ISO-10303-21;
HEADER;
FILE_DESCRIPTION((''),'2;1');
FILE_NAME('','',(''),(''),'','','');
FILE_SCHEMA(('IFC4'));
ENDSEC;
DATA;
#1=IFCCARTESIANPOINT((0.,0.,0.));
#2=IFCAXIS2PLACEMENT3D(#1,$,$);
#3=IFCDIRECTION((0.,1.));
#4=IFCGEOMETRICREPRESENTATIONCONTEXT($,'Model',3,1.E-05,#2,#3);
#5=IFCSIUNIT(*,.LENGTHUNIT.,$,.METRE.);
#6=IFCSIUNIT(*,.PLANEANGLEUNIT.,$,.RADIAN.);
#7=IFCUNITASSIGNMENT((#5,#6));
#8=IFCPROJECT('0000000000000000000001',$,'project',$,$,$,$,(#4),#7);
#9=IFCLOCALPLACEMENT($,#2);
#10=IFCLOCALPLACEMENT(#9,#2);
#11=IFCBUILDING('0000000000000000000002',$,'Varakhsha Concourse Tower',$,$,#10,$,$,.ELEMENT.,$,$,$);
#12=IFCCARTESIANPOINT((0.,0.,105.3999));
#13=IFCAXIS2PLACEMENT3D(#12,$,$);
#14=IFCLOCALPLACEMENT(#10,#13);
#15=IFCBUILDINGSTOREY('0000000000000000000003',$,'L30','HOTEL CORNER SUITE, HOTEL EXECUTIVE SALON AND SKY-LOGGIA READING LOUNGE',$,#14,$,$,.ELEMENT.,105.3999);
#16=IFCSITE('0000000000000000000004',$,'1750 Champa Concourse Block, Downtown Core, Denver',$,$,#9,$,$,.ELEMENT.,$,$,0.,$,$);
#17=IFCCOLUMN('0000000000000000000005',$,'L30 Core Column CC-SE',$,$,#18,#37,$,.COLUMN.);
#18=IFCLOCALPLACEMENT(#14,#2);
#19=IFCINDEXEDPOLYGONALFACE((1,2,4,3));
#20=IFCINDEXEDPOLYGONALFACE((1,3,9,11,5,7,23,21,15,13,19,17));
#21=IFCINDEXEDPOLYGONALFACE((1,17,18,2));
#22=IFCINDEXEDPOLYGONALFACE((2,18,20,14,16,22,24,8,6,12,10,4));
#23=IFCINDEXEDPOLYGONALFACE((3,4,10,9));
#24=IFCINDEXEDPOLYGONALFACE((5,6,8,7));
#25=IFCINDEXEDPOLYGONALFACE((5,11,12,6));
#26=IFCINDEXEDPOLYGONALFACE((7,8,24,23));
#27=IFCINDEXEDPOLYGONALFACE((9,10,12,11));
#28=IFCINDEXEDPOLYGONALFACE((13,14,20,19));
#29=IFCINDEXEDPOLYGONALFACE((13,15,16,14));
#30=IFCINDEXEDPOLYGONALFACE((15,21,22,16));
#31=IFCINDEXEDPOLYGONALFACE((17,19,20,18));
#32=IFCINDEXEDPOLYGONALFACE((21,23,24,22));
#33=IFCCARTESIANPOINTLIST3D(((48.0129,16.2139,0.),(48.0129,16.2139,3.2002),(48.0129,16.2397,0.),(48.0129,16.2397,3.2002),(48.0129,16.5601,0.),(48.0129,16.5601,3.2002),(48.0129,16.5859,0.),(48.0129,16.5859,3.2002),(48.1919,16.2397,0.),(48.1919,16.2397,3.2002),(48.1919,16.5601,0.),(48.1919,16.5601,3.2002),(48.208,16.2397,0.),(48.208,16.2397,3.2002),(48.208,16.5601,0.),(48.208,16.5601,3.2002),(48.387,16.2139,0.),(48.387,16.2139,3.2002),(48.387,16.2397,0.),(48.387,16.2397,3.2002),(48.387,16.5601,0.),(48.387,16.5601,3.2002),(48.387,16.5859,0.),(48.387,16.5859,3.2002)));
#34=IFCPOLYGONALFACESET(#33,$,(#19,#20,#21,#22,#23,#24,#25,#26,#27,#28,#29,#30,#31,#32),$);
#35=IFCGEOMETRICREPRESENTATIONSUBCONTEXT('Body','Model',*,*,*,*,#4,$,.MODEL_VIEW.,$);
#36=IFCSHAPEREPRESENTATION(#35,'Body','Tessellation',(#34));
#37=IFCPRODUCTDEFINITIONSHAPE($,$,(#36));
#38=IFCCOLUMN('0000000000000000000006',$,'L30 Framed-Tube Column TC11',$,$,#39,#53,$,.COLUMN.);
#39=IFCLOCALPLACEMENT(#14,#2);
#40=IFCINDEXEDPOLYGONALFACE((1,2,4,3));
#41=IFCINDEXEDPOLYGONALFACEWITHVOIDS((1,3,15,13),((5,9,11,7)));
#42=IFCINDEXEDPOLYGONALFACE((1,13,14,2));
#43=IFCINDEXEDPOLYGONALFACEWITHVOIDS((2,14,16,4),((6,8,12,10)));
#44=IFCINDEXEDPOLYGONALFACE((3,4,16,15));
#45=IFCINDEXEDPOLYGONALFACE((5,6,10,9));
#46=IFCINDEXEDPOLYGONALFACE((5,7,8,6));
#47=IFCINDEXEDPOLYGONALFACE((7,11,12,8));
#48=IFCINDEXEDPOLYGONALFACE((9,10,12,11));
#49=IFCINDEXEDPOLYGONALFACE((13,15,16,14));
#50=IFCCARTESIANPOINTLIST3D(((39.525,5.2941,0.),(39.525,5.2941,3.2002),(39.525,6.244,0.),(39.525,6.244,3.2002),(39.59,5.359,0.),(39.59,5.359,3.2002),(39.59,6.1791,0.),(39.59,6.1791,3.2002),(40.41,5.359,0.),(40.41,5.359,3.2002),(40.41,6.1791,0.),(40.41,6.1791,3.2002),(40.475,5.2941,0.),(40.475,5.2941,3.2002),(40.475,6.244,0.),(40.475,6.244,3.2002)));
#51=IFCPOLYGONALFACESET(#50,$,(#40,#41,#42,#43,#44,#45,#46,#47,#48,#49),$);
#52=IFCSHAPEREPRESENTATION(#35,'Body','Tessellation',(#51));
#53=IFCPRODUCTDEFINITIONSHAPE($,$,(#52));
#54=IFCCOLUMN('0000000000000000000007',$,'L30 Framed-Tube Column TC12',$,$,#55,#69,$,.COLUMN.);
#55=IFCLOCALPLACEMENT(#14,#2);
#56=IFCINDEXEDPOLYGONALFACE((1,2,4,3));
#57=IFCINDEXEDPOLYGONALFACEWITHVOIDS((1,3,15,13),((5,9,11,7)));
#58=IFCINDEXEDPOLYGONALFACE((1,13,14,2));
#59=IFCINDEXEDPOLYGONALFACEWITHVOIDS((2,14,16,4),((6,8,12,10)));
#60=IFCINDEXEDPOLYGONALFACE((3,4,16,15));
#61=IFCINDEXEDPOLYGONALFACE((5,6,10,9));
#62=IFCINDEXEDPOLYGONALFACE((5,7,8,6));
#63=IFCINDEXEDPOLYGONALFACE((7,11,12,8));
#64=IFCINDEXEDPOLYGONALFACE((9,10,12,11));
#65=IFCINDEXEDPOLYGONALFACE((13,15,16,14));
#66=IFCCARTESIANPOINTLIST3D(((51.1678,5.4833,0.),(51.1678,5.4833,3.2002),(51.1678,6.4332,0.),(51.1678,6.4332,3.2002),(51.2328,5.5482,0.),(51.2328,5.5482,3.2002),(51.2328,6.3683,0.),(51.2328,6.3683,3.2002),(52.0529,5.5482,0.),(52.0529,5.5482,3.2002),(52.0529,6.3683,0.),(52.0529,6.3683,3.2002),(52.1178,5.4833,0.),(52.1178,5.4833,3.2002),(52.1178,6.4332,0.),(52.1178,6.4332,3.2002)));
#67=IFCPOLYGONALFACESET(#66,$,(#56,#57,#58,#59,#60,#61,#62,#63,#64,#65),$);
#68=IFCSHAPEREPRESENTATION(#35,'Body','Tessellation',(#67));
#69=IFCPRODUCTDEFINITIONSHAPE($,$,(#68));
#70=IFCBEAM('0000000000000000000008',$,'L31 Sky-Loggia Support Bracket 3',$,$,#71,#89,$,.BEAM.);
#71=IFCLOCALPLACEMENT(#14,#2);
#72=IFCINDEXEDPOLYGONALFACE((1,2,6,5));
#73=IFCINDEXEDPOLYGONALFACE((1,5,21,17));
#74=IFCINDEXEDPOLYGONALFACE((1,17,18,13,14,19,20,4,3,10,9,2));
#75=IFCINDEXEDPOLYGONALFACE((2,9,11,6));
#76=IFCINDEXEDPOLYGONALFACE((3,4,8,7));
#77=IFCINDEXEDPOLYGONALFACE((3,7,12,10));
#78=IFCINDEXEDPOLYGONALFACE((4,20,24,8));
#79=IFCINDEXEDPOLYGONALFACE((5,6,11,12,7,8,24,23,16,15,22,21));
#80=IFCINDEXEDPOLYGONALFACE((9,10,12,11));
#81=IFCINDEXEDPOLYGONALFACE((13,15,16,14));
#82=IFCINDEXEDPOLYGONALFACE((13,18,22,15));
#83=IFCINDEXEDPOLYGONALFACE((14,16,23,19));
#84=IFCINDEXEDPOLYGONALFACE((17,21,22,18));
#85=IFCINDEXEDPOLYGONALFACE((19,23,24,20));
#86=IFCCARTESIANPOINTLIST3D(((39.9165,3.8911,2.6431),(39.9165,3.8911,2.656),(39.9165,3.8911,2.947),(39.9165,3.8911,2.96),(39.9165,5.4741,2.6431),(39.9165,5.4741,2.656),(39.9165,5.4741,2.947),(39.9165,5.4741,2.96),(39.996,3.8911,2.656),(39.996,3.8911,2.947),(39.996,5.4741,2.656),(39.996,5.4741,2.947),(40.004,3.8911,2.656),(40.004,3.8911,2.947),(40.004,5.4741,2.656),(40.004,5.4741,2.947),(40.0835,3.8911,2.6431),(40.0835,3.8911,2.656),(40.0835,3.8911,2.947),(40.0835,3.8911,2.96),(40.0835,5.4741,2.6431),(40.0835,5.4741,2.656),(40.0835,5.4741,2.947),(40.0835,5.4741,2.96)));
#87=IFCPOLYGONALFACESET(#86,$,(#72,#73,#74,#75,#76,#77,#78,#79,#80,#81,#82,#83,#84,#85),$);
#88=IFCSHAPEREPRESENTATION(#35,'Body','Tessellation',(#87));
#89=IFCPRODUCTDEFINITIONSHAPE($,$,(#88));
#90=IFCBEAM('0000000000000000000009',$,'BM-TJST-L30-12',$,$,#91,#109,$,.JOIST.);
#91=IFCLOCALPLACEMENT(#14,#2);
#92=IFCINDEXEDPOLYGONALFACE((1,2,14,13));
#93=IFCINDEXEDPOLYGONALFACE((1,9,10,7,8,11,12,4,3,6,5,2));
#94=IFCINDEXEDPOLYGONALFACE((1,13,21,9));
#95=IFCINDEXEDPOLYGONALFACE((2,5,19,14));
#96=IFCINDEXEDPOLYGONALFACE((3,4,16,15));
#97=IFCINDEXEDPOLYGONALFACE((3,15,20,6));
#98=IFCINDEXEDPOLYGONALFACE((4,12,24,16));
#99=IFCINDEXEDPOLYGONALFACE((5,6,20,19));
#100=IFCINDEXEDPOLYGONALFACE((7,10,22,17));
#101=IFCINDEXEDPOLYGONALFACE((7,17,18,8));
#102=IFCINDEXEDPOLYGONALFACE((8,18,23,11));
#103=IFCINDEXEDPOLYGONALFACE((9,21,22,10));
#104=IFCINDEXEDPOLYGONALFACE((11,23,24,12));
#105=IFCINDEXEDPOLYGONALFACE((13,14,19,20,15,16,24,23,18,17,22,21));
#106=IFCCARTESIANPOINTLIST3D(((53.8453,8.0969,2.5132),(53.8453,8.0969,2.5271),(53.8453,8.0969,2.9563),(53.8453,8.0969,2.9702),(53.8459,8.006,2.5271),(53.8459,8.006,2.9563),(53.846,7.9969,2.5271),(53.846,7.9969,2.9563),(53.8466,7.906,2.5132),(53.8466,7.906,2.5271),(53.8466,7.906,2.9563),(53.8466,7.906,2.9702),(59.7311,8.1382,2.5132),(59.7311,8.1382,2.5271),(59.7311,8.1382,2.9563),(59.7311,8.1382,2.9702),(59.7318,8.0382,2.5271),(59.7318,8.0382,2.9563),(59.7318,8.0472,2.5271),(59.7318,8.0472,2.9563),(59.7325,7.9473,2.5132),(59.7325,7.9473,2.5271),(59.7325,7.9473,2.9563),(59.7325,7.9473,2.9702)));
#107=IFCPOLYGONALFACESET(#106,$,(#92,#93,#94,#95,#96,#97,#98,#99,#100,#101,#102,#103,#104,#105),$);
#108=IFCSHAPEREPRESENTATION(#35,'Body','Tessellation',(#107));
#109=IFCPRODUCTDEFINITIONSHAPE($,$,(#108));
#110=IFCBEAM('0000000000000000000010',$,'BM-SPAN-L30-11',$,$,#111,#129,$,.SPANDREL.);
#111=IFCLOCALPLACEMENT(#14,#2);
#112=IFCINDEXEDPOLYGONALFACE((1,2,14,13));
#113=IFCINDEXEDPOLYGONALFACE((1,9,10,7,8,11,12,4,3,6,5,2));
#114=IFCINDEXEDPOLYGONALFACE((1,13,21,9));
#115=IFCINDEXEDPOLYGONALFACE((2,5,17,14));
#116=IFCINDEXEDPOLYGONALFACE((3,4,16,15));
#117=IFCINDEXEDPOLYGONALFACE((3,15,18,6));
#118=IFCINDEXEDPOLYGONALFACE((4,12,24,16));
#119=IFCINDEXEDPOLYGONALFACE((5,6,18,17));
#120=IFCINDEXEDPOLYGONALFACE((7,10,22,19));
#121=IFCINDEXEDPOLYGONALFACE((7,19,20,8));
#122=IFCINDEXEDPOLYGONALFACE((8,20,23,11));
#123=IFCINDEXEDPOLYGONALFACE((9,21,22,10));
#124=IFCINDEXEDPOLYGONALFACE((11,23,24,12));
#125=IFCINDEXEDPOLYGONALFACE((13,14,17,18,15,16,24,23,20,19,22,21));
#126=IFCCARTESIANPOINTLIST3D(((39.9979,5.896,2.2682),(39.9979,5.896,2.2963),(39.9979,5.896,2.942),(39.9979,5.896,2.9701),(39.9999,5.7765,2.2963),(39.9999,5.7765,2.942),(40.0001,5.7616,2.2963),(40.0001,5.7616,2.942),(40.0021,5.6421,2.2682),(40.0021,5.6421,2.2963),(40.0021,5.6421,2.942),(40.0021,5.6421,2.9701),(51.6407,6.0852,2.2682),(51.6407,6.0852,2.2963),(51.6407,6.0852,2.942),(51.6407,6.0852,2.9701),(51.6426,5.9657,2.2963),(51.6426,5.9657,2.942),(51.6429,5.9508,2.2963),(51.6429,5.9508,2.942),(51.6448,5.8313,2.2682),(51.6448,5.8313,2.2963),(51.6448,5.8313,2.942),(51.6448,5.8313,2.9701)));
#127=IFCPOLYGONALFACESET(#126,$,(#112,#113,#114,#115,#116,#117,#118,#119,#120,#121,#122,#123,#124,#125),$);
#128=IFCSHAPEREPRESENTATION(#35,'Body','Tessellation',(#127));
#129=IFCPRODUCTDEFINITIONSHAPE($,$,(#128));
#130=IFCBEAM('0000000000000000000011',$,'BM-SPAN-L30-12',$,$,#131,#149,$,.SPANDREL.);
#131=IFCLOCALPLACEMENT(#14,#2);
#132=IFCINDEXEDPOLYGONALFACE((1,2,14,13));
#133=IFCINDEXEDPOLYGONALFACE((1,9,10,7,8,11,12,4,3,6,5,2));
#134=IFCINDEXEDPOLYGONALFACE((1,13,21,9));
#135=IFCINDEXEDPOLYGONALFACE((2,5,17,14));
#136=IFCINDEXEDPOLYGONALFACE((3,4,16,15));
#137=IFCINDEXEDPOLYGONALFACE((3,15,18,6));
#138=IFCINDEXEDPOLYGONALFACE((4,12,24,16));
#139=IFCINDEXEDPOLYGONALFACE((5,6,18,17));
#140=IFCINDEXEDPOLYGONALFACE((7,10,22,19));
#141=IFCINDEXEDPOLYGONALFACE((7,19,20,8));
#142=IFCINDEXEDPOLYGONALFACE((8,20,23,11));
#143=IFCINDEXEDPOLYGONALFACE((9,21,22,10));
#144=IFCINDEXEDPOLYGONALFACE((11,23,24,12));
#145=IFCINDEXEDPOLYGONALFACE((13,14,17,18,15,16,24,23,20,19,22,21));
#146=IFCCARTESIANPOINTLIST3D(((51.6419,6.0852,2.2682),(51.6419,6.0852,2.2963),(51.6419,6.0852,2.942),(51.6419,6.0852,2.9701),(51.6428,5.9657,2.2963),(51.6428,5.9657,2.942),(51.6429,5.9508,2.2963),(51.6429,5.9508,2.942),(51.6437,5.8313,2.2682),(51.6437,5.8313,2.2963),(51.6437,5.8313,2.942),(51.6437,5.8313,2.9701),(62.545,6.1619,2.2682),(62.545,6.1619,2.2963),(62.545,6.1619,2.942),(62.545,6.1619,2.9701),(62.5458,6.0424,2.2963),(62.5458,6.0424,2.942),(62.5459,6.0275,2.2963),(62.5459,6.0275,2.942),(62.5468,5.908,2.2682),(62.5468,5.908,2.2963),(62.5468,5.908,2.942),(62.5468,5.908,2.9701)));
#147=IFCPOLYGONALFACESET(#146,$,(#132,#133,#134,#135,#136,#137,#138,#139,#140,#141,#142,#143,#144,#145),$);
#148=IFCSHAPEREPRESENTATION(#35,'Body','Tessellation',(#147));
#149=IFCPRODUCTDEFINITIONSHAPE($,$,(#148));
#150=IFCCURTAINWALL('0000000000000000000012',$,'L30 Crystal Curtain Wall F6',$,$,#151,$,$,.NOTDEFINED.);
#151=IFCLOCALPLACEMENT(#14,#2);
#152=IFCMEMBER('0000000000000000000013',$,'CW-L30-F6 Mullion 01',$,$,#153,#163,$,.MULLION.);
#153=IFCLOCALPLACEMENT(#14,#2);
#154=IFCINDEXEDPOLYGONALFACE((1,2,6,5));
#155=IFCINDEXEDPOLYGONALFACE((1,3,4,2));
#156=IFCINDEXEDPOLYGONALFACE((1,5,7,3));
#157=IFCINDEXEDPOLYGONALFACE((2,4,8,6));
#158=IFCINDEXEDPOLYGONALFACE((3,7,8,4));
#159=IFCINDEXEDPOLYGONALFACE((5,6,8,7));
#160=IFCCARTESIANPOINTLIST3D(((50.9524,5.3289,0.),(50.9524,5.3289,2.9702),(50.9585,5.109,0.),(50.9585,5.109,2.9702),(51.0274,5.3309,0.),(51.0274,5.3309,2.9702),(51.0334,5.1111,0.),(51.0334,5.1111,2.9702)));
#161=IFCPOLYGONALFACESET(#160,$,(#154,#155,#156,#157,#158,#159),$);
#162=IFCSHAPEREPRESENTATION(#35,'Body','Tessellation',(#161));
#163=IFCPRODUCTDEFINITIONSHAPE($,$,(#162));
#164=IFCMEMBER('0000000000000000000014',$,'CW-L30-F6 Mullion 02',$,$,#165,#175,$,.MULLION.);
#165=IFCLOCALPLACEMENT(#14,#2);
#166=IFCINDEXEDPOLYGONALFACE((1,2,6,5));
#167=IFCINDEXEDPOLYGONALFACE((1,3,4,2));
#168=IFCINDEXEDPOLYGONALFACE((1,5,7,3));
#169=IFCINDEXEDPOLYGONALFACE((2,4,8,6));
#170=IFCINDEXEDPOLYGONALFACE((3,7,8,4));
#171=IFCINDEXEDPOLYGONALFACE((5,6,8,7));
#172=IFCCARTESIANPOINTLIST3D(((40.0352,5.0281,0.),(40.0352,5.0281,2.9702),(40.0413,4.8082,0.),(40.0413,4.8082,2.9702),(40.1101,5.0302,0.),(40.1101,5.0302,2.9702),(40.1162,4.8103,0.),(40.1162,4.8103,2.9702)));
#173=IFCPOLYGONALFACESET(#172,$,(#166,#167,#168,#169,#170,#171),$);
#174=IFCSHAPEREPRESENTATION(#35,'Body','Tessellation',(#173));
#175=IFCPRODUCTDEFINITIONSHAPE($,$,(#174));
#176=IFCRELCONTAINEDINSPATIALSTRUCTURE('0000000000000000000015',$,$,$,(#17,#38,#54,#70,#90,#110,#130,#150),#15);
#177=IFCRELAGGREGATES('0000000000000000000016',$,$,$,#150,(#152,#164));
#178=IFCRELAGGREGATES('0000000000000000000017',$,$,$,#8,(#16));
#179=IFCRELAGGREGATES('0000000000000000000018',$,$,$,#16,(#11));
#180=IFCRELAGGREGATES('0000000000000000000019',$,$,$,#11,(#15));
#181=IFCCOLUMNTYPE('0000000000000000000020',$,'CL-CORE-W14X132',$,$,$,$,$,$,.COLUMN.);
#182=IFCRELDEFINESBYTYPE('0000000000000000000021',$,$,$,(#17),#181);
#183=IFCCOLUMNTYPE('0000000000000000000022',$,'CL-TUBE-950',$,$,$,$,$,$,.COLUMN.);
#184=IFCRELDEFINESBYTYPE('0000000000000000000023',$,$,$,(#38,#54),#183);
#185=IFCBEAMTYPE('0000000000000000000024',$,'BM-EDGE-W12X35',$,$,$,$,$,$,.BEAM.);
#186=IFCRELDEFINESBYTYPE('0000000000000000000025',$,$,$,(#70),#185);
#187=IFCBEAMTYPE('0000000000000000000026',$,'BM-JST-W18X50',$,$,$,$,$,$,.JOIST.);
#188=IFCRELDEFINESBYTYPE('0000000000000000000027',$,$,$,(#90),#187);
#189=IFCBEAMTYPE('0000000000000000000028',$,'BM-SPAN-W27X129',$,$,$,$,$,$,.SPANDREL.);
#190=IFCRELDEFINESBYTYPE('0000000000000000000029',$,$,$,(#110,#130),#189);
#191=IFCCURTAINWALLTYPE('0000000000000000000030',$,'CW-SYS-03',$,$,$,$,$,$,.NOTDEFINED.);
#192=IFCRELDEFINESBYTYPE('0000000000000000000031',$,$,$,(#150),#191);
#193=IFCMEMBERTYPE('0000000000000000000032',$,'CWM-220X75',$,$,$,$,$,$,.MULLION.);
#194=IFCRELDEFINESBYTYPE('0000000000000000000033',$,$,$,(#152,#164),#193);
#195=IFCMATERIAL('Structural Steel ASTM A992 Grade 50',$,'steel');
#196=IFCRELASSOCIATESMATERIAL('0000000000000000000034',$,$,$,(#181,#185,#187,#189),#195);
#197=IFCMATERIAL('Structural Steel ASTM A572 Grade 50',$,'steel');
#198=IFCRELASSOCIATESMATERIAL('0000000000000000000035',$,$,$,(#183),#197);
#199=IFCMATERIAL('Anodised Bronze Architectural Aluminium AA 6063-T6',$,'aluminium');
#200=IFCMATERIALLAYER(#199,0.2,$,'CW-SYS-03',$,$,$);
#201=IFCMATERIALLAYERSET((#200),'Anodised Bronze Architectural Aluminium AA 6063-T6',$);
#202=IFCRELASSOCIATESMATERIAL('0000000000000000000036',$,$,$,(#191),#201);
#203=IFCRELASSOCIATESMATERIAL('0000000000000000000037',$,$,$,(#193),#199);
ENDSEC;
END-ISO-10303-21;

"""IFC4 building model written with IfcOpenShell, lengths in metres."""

from ifc_helpers import new_model, si_unit, direction, frame, origin, origin_2d, place, context, subcontext, project, spatial, rectangle, hollow_rectangle, i_section, extrude, source, transform, mapped, material, layer, layer_set, material_profile, profile_set, type_object, type_shapes, element, aggregate, save


model = new_model("IFC4")

# Units and contexts
model_context = context("Model", 3, precision=1e-05, world=origin(), true_north=direction((0.0, 1.0)))
body_context = subcontext(model_context, "Body", "Model", "MODEL_VIEW")
ifc_project = project(units=[si_unit("LENGTHUNIT", "METRE"), si_unit("PLANEANGLEUNIT", "RADIAN")], contexts=[model_context])

# Site, building, storey
site_placement = place(None, origin())
site = spatial("IfcSite", under=ifc_project, at=site_placement, Name="1750 Champa Concourse Block, Downtown Core, Denver", CompositionType="ELEMENT", RefElevation=0.0)
building_placement = place(site_placement, origin())
building = spatial("IfcBuilding", under=site, at=building_placement, Name="Varakhsha Concourse Tower", CompositionType="ELEMENT")
storey_placement = place(building_placement, frame((0.0, 0.0, 105.3999)))
storey = spatial("IfcBuildingStorey", under=building, at=storey_placement, Name="L30", Description="HOTEL CORNER SUITE, HOTEL EXECUTIVE SALON AND SKY-LOGGIA READING LOUNGE", CompositionType="ELEMENT", Elevation=105.3999)

# Columns
ifc_material_1 = material(Name="Structural Steel ASTM A992 Grade 50", Category="steel")
ifc_material_profile_1 = material_profile(ifc_material_1, i_section(OverallWidth=0.374, OverallDepth=0.3721, WebThickness=0.0161, FlangeThickness=0.0259, at=origin_2d()), Name="W14X132")
ifc_profile_set_1 = profile_set([ifc_material_profile_1], Name="Structural Steel ASTM A992 Grade 50")
column_type_1 = type_object("IfcColumnType", Name="CL-CORE-W14X132", PredefinedType="COLUMN", material=ifc_profile_set_1)
column_placement = place(storey_placement, frame((48.2, 16.3999, 0.0), z_axis=(0.0, 0.0, 1.0), x_axis=(1.0, 0.0, 0.0)))
element("IfcColumn", 1, at=column_placement, inside=storey, type_object=column_type_1, Name="L30 Core Column CC-SE", PredefinedType="COLUMN", context=body_context, shape_type="SweptSolid", body=[
    extrude(i_section(OverallWidth=0.374, OverallDepth=0.3721, WebThickness=0.0161, FlangeThickness=0.0259, at=origin_2d()), origin(), (0.0, 0.0, 1.0), 3.2002),
])
ifc_material_2 = material(Name="Structural Steel ASTM A572 Grade 50", Category="steel")
ifc_material_profile_2 = material_profile(ifc_material_2, hollow_rectangle(XDim=0.95, YDim=0.95, WallThickness=0.0649, at=origin_2d()), Name="BOX 950x950x65")
ifc_profile_set_2 = profile_set([ifc_material_profile_2], Name="Structural Steel ASTM A572 Grade 50")
column_type_2 = type_object("IfcColumnType", Name="CL-TUBE-950", PredefinedType="COLUMN", material=ifc_profile_set_2)
for number, where, z_axis, x_axis, name in (
    (2, (40.0, 5.769, 0.0), (0.0, 0.0, 1.0), (1.0, 0.0, 0.0), "L30 Framed-Tube Column TC11"),
    (3, (51.6428, 5.9583, 0.0), (0.0, 0.0, 1.0), (1.0, 0.0, 0.0), "L30 Framed-Tube Column TC12"),
):
    element("IfcColumn", number, at=place(storey_placement, frame(where, z_axis=z_axis, x_axis=x_axis)), inside=storey, type_object=column_type_2, Name=name, PredefinedType="COLUMN", context=body_context, shape_type="SweptSolid", body=[
        extrude(hollow_rectangle(XDim=0.95, YDim=0.95, WallThickness=0.0649, at=origin_2d()), origin(), (0.0, 0.0, 1.0), 3.2002),
    ])

# Beams
ifc_material_profile_3 = material_profile(ifc_material_1, i_section(OverallWidth=0.167, OverallDepth=0.3169, WebThickness=0.0081, FlangeThickness=0.0129, at=origin_2d()), Name="W12X35")
ifc_profile_set_3 = profile_set([ifc_material_profile_3], Name="Structural Steel ASTM A992 Grade 50")
beam_type_1 = type_object("IfcBeamType", Name="BM-EDGE-W12X35", PredefinedType="BEAM", material=ifc_profile_set_3)
beam_1_placement = place(storey_placement, frame((40.0, 5.4741, 2.8015), z_axis=(0.0, -1.0, 0.0), x_axis=(1.0, 0.0, 0.0)))
element("IfcBeam", 4, at=beam_1_placement, inside=storey, type_object=beam_type_1, Name="L31 Sky-Loggia Support Bracket 3", PredefinedType="BEAM", context=body_context, shape_type="SweptSolid", body=[
    extrude(i_section(OverallWidth=0.167, OverallDepth=0.3169, WebThickness=0.0081, FlangeThickness=0.0129, at=origin_2d()), origin(), (0.0, 0.0, 1.0), 1.583),
])
ifc_material_profile_4 = material_profile(ifc_material_1, i_section(OverallWidth=0.1909, OverallDepth=0.457, WebThickness=0.009, FlangeThickness=0.0139, at=origin_2d()), Name="W18X50")
ifc_profile_set_4 = profile_set([ifc_material_profile_4], Name="Structural Steel ASTM A992 Grade 50")
beam_type_2 = type_object("IfcBeamType", Name="BM-JST-W18X50", PredefinedType="JOIST", material=ifc_profile_set_4)
beam_2_placement = place(storey_placement, frame((53.8459, 8.0015, 2.7417), z_axis=(0.999975, 0.00701, 0.0), x_axis=(-0.00701, 0.999975, 0.0)))
element("IfcBeam", 5, at=beam_2_placement, inside=storey, type_object=beam_type_2, Name="BM-TJST-L30-12", PredefinedType="JOIST", context=body_context, shape_type="SweptSolid", body=[
    extrude(i_section(OverallWidth=0.1909, OverallDepth=0.457, WebThickness=0.009, FlangeThickness=0.0139, at=origin_2d()), origin(), (0.0, 0.0, 1.0), 5.886),
])
ifc_material_profile_5 = material_profile(ifc_material_1, i_section(OverallWidth=0.2539, OverallDepth=0.7019, WebThickness=0.0149, FlangeThickness=0.0281, at=origin_2d()), Name="W27X129")
ifc_profile_set_5 = profile_set([ifc_material_profile_5], Name="Structural Steel ASTM A992 Grade 50")
beam_type_3 = type_object("IfcBeamType", Name="BM-SPAN-W27X129", PredefinedType="SPANDREL", material=ifc_profile_set_5)
beam_3_placement = place(storey_placement, frame((40.0, 5.769, 2.6191), z_axis=(0.999868, 0.016249, 0.0), x_axis=(-0.016249, 0.999868, 0.0)))
element("IfcBeam", 6, at=beam_3_placement, inside=storey, type_object=beam_type_3, Name="BM-SPAN-L30-11", PredefinedType="SPANDREL", context=body_context, shape_type="SweptSolid", body=[
    extrude(i_section(OverallWidth=0.2539, OverallDepth=0.7019, WebThickness=0.0149, FlangeThickness=0.0281, at=origin_2d()), origin(), (0.0, 0.0, 1.0), 11.6443),
])
beam_4_placement = place(storey_placement, frame((51.6428, 5.9583, 2.6191), z_axis=(0.999975, 0.007031, 0.0), x_axis=(-0.007031, 0.999975, 0.0)))
element("IfcBeam", 7, at=beam_4_placement, inside=storey, type_object=beam_type_3, Name="BM-SPAN-L30-12", PredefinedType="SPANDREL", context=body_context, shape_type="SweptSolid", body=[
    extrude(i_section(OverallWidth=0.2539, OverallDepth=0.7019, WebThickness=0.0149, FlangeThickness=0.0281, at=origin_2d()), origin(), (0.0, 0.0, 1.0), 10.9033),
])

# Curtain wall, members
ifc_material_3 = material(Name="Anodised Bronze Architectural Aluminium AA 6063-T6", Category="aluminium")
ifc_layer_1 = layer(ifc_material_3, 0.2, Name="CW-SYS-03")
ifc_layer_set_1 = layer_set([ifc_layer_1], Name="Anodised Bronze Architectural Aluminium AA 6063-T6")
curtain_wall_type = type_object("IfcCurtainWallType", Name="CW-SYS-03", PredefinedType="NOTDEFINED", material=ifc_layer_set_1)
curtain_wall_placement = place(storey_placement, origin())
curtain_wall = element("IfcCurtainWall", 8, at=curtain_wall_placement, inside=storey, type_object=curtain_wall_type, Name="L30 Crystal Curtain Wall F6", PredefinedType="NOTDEFINED")
ifc_material_profile_6 = material_profile(ifc_material_3, rectangle(XDim=0.075, YDim=0.22, at=origin_2d()), Name="CWM-220X75")
ifc_profile_set_6 = profile_set([ifc_material_profile_6], Name="Anodised Bronze Architectural Aluminium AA 6063-T6")
member_type_1 = type_object("IfcMemberType", Name="CWM-220X75", PredefinedType="MULLION", material=ifc_profile_set_6)
shared_shape_1 = source(origin(), body_context, "Body", "SweptSolid", [
    extrude(rectangle(XDim=0.075, YDim=0.22, at=origin_2d()), origin(), (0.0, 0.0, 1.0), 2.9702),
])
type_shapes(member_type_1, [shared_shape_1])
member_1_placement = place(storey_placement, frame((50.9929, 5.22, 0.0), z_axis=(0.0, 0.0, 1.0), x_axis=(-0.999621, -0.027547, 0.0)))
member_1 = element("IfcMember", 9, at=member_1_placement, type_object=member_type_1, Name="CW-L30-F6 Mullion 01", PredefinedType="MULLION", context=body_context, shape_type="MappedRepresentation", body=[
    mapped(shared_shape_1, transform((0.0, 0.0, 0.0), scale=1.0)),
])
member_2_placement = place(storey_placement, frame((40.0757, 4.9192, 0.0), z_axis=(0.0, 0.0, 1.0), x_axis=(-0.999621, -0.027547, 0.0)))
member_2 = element("IfcMember", 10, at=member_2_placement, type_object=member_type_1, Name="CW-L30-F6 Mullion 02", PredefinedType="MULLION", context=body_context, shape_type="MappedRepresentation", body=[
    mapped(shared_shape_1, transform((0.0, 0.0, 0.0), scale=1.0)),
])
aggregate(curtain_wall, [member_1, member_2])

save(model, "model.ifc")
